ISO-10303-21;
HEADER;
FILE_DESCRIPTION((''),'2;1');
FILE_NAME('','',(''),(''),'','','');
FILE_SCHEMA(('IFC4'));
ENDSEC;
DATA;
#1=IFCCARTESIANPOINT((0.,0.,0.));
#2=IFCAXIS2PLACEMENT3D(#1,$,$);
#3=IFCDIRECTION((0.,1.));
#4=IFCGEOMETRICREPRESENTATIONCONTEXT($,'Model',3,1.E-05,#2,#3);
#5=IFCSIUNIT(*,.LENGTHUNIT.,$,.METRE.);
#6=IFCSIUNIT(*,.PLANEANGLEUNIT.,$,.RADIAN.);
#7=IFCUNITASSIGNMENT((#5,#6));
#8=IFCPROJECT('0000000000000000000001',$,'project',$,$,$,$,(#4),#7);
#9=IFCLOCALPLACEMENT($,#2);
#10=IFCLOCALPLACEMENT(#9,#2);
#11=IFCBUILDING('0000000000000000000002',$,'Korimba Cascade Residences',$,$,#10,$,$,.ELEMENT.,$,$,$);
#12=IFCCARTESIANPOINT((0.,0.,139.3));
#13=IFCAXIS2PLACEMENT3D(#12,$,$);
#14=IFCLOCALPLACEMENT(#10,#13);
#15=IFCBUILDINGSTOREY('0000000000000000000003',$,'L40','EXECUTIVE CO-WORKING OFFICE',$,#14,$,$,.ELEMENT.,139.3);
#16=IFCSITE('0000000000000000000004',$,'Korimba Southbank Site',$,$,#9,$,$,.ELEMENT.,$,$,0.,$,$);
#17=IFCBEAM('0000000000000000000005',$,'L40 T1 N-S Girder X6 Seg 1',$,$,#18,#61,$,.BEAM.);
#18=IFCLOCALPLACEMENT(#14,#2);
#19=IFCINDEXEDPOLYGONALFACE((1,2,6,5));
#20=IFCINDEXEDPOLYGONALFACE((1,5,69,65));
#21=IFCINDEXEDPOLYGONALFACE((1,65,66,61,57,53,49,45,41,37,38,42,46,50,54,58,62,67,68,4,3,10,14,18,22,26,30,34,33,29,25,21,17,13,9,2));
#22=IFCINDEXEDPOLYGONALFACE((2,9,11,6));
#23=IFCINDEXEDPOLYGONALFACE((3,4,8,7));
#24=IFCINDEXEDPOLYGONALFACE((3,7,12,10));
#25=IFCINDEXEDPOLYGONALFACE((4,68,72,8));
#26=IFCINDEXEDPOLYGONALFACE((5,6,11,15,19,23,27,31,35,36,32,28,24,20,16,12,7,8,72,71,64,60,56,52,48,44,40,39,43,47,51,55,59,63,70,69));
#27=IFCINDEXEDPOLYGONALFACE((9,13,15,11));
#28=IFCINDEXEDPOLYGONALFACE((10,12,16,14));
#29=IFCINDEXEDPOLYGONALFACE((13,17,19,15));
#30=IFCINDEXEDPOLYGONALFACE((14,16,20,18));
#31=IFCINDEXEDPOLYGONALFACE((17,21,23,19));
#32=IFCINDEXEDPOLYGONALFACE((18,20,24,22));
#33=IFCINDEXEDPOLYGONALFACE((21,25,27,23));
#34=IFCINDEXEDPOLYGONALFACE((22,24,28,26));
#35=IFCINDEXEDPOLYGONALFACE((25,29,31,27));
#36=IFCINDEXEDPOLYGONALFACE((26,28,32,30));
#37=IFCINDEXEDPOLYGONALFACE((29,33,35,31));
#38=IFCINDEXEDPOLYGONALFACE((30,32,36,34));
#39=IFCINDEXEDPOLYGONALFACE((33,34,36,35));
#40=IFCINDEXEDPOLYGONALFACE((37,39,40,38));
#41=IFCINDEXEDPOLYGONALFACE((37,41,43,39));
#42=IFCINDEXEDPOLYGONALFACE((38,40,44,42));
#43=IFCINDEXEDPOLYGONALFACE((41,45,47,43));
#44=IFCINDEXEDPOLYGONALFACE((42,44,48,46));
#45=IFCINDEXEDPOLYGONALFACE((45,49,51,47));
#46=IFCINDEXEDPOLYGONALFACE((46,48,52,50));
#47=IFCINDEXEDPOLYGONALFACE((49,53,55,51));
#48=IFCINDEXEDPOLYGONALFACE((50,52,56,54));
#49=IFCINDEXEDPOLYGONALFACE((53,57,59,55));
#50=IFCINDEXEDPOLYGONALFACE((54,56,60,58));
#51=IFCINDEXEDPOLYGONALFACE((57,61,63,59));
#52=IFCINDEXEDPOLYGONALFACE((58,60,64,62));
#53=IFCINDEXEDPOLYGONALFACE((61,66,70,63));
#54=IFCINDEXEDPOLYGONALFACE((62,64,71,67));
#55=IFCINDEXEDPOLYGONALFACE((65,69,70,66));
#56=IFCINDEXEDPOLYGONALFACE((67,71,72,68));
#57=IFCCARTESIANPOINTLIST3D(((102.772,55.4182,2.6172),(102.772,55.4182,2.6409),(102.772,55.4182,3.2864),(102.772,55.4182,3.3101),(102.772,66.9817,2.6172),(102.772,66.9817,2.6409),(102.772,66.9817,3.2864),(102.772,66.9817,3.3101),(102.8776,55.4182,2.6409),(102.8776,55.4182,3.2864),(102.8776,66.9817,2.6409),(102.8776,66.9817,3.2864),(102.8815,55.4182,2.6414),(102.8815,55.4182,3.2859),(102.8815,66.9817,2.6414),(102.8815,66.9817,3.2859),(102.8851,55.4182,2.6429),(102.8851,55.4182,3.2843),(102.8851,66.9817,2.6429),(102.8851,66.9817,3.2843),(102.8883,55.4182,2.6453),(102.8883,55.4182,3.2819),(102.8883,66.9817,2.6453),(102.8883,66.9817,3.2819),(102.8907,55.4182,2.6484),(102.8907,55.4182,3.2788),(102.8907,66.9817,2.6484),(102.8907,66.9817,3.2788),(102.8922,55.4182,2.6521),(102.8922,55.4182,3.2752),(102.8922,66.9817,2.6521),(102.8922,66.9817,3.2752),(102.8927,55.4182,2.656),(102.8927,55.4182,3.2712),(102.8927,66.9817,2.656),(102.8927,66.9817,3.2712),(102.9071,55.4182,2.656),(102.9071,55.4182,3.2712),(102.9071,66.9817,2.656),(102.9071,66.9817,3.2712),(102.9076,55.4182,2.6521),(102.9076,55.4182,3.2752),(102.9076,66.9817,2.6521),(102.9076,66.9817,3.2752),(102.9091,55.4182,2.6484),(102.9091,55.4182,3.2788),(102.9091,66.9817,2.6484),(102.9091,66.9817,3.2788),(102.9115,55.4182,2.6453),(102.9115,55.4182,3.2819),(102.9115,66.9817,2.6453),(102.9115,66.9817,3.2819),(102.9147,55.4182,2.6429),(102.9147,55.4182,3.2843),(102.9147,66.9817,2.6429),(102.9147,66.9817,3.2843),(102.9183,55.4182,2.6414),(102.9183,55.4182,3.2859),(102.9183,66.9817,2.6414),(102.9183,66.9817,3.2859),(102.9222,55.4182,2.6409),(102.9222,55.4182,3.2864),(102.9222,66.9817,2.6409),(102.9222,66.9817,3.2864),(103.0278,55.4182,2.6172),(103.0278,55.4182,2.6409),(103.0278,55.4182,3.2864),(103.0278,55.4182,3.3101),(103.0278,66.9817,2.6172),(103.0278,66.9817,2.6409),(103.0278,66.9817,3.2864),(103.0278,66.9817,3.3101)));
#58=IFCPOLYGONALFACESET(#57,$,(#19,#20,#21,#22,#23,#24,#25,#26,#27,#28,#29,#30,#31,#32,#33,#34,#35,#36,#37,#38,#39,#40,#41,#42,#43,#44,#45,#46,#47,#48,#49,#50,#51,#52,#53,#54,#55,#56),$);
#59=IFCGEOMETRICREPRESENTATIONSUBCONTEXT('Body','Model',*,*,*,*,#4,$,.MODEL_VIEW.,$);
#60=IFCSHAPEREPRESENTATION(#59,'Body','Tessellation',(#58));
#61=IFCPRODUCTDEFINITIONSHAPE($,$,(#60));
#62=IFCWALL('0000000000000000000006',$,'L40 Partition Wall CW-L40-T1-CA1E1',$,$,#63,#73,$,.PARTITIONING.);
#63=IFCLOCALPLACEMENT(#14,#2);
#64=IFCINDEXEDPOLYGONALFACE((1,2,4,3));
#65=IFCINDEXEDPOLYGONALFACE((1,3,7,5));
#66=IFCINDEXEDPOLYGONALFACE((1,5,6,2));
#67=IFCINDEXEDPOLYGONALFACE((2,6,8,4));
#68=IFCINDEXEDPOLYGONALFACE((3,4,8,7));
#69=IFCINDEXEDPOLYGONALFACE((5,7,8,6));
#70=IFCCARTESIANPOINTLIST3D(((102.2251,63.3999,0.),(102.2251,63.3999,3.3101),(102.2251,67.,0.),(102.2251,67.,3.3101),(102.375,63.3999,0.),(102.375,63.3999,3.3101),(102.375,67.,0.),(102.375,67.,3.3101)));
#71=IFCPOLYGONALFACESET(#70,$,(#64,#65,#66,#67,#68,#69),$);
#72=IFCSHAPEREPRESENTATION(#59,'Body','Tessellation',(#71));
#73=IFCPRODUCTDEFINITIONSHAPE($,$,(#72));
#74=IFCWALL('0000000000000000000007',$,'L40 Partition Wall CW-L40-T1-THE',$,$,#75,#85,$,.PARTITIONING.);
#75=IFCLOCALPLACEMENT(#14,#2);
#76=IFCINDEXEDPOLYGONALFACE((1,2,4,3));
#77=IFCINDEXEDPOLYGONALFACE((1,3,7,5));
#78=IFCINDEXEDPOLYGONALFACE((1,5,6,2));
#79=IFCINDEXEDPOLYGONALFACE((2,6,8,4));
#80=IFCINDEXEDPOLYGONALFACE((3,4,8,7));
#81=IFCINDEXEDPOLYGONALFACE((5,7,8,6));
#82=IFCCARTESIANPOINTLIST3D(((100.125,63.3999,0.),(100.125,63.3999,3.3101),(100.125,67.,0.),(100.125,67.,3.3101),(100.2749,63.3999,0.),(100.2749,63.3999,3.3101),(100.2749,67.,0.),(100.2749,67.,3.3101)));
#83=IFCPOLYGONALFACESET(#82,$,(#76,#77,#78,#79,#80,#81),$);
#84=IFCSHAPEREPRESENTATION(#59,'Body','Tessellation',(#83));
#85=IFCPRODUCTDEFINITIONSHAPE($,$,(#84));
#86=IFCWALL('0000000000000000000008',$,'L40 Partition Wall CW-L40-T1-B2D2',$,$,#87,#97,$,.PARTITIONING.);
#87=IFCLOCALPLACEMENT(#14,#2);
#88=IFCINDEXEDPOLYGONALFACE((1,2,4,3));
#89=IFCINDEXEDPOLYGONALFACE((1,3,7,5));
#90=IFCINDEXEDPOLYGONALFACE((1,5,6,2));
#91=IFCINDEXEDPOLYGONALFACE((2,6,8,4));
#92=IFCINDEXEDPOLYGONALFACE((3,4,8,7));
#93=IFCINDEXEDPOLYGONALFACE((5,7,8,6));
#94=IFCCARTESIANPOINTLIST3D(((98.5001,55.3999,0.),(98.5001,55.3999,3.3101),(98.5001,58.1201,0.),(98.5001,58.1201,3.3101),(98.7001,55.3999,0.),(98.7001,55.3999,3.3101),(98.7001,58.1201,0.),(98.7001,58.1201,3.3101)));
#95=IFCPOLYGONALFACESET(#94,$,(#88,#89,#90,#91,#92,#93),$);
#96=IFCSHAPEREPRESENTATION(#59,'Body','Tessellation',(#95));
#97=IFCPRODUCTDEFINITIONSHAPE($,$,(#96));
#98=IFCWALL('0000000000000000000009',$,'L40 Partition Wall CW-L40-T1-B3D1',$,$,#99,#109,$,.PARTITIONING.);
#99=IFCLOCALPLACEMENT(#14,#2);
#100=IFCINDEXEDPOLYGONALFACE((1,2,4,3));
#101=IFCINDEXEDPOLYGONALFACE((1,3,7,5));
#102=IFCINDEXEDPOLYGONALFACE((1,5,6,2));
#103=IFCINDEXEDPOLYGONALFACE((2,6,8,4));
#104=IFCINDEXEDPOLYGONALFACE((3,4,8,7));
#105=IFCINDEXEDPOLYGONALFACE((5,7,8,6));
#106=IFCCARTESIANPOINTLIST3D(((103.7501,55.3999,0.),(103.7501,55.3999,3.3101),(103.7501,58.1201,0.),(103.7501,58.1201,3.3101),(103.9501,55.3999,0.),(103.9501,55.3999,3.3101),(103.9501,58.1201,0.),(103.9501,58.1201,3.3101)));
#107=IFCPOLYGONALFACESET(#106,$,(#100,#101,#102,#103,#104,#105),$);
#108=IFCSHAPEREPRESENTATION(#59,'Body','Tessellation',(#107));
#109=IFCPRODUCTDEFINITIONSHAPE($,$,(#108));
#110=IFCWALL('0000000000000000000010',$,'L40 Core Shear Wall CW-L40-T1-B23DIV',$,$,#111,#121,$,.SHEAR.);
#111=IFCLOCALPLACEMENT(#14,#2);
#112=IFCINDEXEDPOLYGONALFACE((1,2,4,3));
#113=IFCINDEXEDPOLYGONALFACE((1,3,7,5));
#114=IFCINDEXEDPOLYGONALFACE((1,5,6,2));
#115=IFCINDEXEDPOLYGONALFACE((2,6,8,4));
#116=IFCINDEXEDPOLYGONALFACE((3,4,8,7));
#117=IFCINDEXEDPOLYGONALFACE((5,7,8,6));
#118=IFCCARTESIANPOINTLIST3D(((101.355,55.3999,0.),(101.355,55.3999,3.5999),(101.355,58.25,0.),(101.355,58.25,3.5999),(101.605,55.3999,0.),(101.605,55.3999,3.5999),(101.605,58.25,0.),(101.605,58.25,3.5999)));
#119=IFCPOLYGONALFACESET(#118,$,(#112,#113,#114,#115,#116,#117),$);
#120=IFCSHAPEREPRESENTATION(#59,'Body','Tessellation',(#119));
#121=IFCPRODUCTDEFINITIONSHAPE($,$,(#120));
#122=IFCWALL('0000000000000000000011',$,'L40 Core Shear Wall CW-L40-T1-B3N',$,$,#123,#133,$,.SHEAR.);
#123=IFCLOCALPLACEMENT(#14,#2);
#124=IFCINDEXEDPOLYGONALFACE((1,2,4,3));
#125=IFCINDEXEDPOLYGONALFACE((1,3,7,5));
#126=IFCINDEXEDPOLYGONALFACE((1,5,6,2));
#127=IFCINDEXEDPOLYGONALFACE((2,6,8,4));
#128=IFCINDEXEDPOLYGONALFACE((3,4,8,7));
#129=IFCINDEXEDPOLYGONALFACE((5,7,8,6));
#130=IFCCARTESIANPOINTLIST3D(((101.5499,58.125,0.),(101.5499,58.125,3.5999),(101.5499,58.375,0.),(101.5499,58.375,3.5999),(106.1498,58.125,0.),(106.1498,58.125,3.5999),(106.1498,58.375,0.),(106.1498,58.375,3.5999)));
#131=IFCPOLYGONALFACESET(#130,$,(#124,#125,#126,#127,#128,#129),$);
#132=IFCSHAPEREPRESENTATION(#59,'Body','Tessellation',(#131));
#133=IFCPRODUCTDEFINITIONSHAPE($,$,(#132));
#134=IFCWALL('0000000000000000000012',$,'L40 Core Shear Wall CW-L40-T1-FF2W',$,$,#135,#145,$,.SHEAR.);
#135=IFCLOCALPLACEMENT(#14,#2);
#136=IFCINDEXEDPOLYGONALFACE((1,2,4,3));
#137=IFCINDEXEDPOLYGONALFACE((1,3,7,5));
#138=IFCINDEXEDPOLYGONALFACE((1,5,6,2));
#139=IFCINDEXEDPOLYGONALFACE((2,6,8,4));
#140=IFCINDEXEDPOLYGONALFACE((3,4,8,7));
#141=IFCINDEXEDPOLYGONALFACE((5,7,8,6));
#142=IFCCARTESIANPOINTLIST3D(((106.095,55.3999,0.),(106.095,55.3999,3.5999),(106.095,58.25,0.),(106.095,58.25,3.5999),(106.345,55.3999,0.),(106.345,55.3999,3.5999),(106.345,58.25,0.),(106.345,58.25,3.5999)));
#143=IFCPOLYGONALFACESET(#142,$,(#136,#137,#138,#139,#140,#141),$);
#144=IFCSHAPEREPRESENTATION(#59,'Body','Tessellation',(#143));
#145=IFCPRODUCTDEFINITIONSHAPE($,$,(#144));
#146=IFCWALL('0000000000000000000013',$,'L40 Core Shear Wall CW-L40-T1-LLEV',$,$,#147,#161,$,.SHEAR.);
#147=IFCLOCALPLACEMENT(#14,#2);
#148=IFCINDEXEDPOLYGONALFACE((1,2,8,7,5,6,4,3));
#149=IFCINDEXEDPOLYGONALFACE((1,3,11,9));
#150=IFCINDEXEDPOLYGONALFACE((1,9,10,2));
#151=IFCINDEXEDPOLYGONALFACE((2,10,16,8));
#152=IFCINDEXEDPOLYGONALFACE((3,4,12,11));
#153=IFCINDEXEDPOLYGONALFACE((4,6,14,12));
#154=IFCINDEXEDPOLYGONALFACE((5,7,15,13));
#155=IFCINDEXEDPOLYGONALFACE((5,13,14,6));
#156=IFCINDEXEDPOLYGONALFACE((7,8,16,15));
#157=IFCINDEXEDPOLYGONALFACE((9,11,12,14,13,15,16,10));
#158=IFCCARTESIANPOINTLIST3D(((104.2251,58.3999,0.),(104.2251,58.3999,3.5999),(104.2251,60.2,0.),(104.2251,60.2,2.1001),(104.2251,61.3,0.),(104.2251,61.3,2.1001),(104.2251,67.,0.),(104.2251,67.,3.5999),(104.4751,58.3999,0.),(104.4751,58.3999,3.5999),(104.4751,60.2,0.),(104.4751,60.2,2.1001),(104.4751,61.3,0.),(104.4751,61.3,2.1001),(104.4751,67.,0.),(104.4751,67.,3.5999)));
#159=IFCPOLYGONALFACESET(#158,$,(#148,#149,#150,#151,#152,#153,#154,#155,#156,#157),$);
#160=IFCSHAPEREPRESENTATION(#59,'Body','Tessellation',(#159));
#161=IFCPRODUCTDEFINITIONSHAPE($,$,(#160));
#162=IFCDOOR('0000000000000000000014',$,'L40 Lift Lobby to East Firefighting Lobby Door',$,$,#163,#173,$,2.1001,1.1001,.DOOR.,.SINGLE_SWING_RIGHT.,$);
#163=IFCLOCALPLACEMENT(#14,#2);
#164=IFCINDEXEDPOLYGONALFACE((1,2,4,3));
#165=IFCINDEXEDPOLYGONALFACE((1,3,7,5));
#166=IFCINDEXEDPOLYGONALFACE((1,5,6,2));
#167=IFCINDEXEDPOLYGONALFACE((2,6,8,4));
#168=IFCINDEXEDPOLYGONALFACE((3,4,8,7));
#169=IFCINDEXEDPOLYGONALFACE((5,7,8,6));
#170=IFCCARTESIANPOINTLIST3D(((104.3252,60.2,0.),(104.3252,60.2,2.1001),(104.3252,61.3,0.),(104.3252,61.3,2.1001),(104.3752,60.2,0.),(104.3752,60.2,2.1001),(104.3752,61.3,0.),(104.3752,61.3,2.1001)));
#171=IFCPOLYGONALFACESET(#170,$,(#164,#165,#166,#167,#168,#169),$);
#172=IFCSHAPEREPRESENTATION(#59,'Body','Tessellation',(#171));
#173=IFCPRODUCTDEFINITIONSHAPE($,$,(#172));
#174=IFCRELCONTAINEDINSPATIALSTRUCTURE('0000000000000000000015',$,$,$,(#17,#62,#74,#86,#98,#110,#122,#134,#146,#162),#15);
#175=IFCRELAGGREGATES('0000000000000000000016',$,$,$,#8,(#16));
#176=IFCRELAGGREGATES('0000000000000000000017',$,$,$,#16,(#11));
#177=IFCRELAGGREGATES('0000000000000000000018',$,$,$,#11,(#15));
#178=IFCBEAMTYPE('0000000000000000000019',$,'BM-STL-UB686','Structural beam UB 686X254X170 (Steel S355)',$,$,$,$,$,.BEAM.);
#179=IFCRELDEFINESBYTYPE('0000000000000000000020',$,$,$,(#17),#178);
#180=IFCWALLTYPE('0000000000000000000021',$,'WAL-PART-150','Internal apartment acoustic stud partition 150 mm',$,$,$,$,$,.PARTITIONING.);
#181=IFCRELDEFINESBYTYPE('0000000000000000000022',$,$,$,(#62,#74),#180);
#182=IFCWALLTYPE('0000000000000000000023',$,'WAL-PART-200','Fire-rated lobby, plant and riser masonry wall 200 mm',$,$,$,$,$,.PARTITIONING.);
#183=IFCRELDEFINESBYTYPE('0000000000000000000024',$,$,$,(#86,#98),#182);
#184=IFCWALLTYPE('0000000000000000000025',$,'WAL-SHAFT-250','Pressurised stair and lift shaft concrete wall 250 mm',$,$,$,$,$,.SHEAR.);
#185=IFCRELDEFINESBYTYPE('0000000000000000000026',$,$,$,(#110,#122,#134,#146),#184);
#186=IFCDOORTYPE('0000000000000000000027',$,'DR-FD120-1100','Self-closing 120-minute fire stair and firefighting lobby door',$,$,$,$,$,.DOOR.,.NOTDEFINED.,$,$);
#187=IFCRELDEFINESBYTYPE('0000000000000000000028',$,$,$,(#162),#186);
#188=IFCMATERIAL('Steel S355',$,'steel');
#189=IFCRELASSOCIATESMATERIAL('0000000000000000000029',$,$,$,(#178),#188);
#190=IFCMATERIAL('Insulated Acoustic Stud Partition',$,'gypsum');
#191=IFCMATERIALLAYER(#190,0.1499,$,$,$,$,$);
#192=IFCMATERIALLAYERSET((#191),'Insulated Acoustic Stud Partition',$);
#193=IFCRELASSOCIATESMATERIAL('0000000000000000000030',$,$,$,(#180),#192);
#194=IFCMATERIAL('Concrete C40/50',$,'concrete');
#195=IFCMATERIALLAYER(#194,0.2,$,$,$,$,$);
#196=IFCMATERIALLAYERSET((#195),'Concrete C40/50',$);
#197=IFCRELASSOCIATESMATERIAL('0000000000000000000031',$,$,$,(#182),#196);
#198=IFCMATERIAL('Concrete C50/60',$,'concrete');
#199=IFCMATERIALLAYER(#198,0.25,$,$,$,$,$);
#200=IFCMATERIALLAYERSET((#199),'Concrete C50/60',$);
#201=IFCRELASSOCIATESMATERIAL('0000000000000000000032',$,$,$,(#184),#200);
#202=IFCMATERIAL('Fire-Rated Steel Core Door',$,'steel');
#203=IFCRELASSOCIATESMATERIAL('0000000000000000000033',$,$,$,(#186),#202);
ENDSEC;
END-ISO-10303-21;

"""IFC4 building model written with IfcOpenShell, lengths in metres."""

from ifc_helpers import new_model, si_unit, direction, frame, frame_2d, origin, origin_2d, place, context, subcontext, project, spatial, rectangle, i_section, extrude, material, layer, layer_set, material_profile, profile_set, type_object, element, fill, save


model = new_model("IFC4")

# Units and contexts
model_context = context("Model", 3, precision=1e-05, world=origin(), true_north=direction((0.0, 1.0)))
body_context = subcontext(model_context, "Body", "Model", "MODEL_VIEW")
ifc_project = project(units=[si_unit("LENGTHUNIT", "METRE"), si_unit("PLANEANGLEUNIT", "RADIAN")], contexts=[model_context])

# Site, building, storey
site_placement = place(None, origin())
site = spatial("IfcSite", under=ifc_project, at=site_placement, Name="Korimba Southbank Site", CompositionType="ELEMENT", RefElevation=0.0)
building_placement = place(site_placement, origin())
building = spatial("IfcBuilding", under=site, at=building_placement, Name="Korimba Cascade Residences", CompositionType="ELEMENT")
storey_placement = place(building_placement, frame((0.0, 0.0, 139.3)))
storey = spatial("IfcBuildingStorey", under=building, at=storey_placement, Name="L40", Description="EXECUTIVE CO-WORKING OFFICE", CompositionType="ELEMENT", Elevation=139.3)

# Beam
ifc_material_1 = material(Name="Steel S355", Category="steel")
ifc_material_profile = material_profile(ifc_material_1, i_section(OverallWidth=0.2559, OverallDepth=0.6929, WebThickness=0.0144, FlangeThickness=0.0237, FilletRadius=0.0151, at=origin_2d()), Name="Steel S355")
ifc_profile_set = profile_set([ifc_material_profile], Name="Steel S355")
beam_type = type_object("IfcBeamType", Name="BM-STL-UB686", Description="Structural beam UB 686X254X170 (Steel S355)", PredefinedType="BEAM", material=ifc_profile_set)
beam_placement = place(storey_placement, frame((102.8999, 55.4182, 2.9636), z_axis=(0.0, 1.0, 0.0), x_axis=(-1.0, 0.0, 0.0)))
element("IfcBeam", 1, at=beam_placement, inside=storey, type_object=beam_type, Name="L40 T1 N-S Girder X6 Seg 1", PredefinedType="BEAM", context=body_context, shape_type="SweptSolid", body=[
    extrude(i_section(OverallWidth=0.2559, OverallDepth=0.6929, WebThickness=0.0144, FlangeThickness=0.0237, FilletRadius=0.0151, at=origin_2d()), origin(), (0.0, 0.0, 1.0), 11.5635),
])

# Walls
ifc_material_2 = material(Name="Insulated Acoustic Stud Partition", Category="gypsum")
ifc_layer_1 = layer(ifc_material_2, 0.1499)
ifc_layer_set_1 = layer_set([ifc_layer_1], Name="Insulated Acoustic Stud Partition")
wall_type_1 = type_object("IfcWallType", Name="WAL-PART-150", Description="Internal apartment acoustic stud partition 150 mm", PredefinedType="PARTITIONING", material=ifc_layer_set_1)
for number, where, z_axis, x_axis, name in (
    (2, (102.3, 63.3999, 0.0), (0.0, 0.0, 1.0), (0.0, 1.0, 0.0), "L40 Partition Wall CW-L40-T1-CA1E1"),
    (3, (100.2, 63.3999, 0.0), (0.0, 0.0, 1.0), (0.0, 1.0, 0.0), "L40 Partition Wall CW-L40-T1-THE"),
):
    element("IfcWall", number, at=place(storey_placement, frame(where, z_axis=z_axis, x_axis=x_axis)), inside=storey, type_object=wall_type_1, Name=name, PredefinedType="PARTITIONING", context=body_context, shape_type="SweptSolid", body=[
        extrude(rectangle(XDim=3.6001, YDim=0.1499, at=frame_2d((1.8, 0.0))), origin(), (0.0, 0.0, 1.0), 3.3101),
    ])
ifc_material_3 = material(Name="Concrete C40/50", Category="concrete")
ifc_layer_2 = layer(ifc_material_3, 0.2)
ifc_layer_set_2 = layer_set([ifc_layer_2], Name="Concrete C40/50")
wall_type_2 = type_object("IfcWallType", Name="WAL-PART-200", Description="Fire-rated lobby, plant and riser masonry wall 200 mm", PredefinedType="PARTITIONING", material=ifc_layer_set_2)
for number, where, z_axis, x_axis, name in (
    (4, (98.6001, 55.3999, 0.0), (0.0, 0.0, 1.0), (0.0, 1.0, 0.0), "L40 Partition Wall CW-L40-T1-B2D2"),
    (5, (103.8501, 55.3999, 0.0), (0.0, 0.0, 1.0), (0.0, 1.0, 0.0), "L40 Partition Wall CW-L40-T1-B3D1"),
):
    element("IfcWall", number, at=place(storey_placement, frame(where, z_axis=z_axis, x_axis=x_axis)), inside=storey, type_object=wall_type_2, Name=name, PredefinedType="PARTITIONING", context=body_context, shape_type="SweptSolid", body=[
        extrude(rectangle(XDim=2.7202, YDim=0.2, at=frame_2d((1.3601, 0.0))), origin(), (0.0, 0.0, 1.0), 3.3101),
    ])
ifc_material_4 = material(Name="Concrete C50/60", Category="concrete")
ifc_layer_3 = layer(ifc_material_4, 0.25)
ifc_layer_set_3 = layer_set([ifc_layer_3], Name="Concrete C50/60")
wall_type_3 = type_object("IfcWallType", Name="WAL-SHAFT-250", Description="Pressurised stair and lift shaft concrete wall 250 mm", PredefinedType="SHEAR", material=ifc_layer_set_3)
wall_1_placement = place(storey_placement, frame((101.48, 55.3999, 0.0), z_axis=(0.0, 0.0, 1.0), x_axis=(0.0, 1.0, 0.0)))
element("IfcWall", 6, at=wall_1_placement, inside=storey, type_object=wall_type_3, Name="L40 Core Shear Wall CW-L40-T1-B23DIV", PredefinedType="SHEAR", context=body_context, shape_type="SweptSolid", body=[
    extrude(rectangle(XDim=2.8501, YDim=0.25, at=frame_2d((1.425, 0.0))), origin(), (0.0, 0.0, 1.0), 3.5999),
])
wall_2_placement = place(storey_placement, frame((101.55, 58.25, 0.0), z_axis=(0.0, 0.0, 1.0), x_axis=(1.0, 0.0, 0.0)))
element("IfcWall", 7, at=wall_2_placement, inside=storey, type_object=wall_type_3, Name="L40 Core Shear Wall CW-L40-T1-B3N", PredefinedType="SHEAR", context=body_context, shape_type="SweptSolid", body=[
    extrude(rectangle(XDim=4.5999, YDim=0.25, at=frame_2d((2.2998, 0.0))), origin(), (0.0, 0.0, 1.0), 3.5999),
])
wall_3_placement = place(storey_placement, frame((106.22, 55.3999, 0.0), z_axis=(0.0, 0.0, 1.0), x_axis=(0.0, 1.0, 0.0)))
element("IfcWall", 8, at=wall_3_placement, inside=storey, type_object=wall_type_3, Name="L40 Core Shear Wall CW-L40-T1-FF2W", PredefinedType="SHEAR", context=body_context, shape_type="SweptSolid", body=[
    extrude(rectangle(XDim=2.8501, YDim=0.25, at=frame_2d((1.425, 0.0))), origin(), (0.0, 0.0, 1.0), 3.5999),
])

# Wall, opening, door
wall_4_placement = place(storey_placement, frame((104.3501, 58.3999, 0.0), z_axis=(0.0, 0.0, 1.0), x_axis=(0.0, 1.0, 0.0)))
wall_4 = element("IfcWall", 9, at=wall_4_placement, inside=storey, type_object=wall_type_3, Name="L40 Core Shear Wall CW-L40-T1-LLEV", PredefinedType="SHEAR", context=body_context, shape_type="SweptSolid", body=[
    extrude(rectangle(XDim=8.6001, YDim=0.25, at=frame_2d((4.3, 0.0))), origin(), (0.0, 0.0, 1.0), 3.5999),
])
opening_1_placement = place(wall_4_placement, frame((1.8, 0.0, 0.0)))
opening_1 = element("IfcOpeningElement", 10, at=opening_1_placement, cuts=wall_4, PredefinedType="OPENING", context=body_context, shape_type="SweptSolid", body=[
    extrude(rectangle(XDim=1.1001, YDim=2.1001, at=frame_2d((0.55, 1.05))), frame((0.0, 0.135, 0.0), z_axis=(0.0, -1.0, 0.0), x_axis=(1.0, 0.0, 0.0)), (0.0, 0.0, 1.0), 0.27),
])
ifc_material_5 = material(Name="Fire-Rated Steel Core Door", Category="steel")
door_type_1 = type_object("IfcDoorType", Name="DR-FD120-1100", Description="Self-closing 120-minute fire stair and firefighting lobby door", OperationType="NOTDEFINED", PredefinedType="DOOR", material=ifc_material_5)
door_1_placement = place(opening_1_placement, origin())
door_1 = element("IfcDoor", 11, at=door_1_placement, inside=storey, type_object=door_type_1, Name="L40 Lift Lobby to East Firefighting Lobby Door", OperationType="SINGLE_SWING_RIGHT", OverallHeight=2.1001, OverallWidth=1.1001, PredefinedType="DOOR", context=body_context, shape_type="SweptSolid", body=[
    extrude(rectangle(XDim=1.1001, YDim=2.1001, at=frame_2d((0.55, 1.05))), frame((0.0, 0.0249, 0.0), z_axis=(0.0, -1.0, 0.0), x_axis=(1.0, 0.0, 0.0)), (0.0, 0.0, 1.0), 0.05),
])
fill(opening_1, door_1)

save(model, "model.ifc")
